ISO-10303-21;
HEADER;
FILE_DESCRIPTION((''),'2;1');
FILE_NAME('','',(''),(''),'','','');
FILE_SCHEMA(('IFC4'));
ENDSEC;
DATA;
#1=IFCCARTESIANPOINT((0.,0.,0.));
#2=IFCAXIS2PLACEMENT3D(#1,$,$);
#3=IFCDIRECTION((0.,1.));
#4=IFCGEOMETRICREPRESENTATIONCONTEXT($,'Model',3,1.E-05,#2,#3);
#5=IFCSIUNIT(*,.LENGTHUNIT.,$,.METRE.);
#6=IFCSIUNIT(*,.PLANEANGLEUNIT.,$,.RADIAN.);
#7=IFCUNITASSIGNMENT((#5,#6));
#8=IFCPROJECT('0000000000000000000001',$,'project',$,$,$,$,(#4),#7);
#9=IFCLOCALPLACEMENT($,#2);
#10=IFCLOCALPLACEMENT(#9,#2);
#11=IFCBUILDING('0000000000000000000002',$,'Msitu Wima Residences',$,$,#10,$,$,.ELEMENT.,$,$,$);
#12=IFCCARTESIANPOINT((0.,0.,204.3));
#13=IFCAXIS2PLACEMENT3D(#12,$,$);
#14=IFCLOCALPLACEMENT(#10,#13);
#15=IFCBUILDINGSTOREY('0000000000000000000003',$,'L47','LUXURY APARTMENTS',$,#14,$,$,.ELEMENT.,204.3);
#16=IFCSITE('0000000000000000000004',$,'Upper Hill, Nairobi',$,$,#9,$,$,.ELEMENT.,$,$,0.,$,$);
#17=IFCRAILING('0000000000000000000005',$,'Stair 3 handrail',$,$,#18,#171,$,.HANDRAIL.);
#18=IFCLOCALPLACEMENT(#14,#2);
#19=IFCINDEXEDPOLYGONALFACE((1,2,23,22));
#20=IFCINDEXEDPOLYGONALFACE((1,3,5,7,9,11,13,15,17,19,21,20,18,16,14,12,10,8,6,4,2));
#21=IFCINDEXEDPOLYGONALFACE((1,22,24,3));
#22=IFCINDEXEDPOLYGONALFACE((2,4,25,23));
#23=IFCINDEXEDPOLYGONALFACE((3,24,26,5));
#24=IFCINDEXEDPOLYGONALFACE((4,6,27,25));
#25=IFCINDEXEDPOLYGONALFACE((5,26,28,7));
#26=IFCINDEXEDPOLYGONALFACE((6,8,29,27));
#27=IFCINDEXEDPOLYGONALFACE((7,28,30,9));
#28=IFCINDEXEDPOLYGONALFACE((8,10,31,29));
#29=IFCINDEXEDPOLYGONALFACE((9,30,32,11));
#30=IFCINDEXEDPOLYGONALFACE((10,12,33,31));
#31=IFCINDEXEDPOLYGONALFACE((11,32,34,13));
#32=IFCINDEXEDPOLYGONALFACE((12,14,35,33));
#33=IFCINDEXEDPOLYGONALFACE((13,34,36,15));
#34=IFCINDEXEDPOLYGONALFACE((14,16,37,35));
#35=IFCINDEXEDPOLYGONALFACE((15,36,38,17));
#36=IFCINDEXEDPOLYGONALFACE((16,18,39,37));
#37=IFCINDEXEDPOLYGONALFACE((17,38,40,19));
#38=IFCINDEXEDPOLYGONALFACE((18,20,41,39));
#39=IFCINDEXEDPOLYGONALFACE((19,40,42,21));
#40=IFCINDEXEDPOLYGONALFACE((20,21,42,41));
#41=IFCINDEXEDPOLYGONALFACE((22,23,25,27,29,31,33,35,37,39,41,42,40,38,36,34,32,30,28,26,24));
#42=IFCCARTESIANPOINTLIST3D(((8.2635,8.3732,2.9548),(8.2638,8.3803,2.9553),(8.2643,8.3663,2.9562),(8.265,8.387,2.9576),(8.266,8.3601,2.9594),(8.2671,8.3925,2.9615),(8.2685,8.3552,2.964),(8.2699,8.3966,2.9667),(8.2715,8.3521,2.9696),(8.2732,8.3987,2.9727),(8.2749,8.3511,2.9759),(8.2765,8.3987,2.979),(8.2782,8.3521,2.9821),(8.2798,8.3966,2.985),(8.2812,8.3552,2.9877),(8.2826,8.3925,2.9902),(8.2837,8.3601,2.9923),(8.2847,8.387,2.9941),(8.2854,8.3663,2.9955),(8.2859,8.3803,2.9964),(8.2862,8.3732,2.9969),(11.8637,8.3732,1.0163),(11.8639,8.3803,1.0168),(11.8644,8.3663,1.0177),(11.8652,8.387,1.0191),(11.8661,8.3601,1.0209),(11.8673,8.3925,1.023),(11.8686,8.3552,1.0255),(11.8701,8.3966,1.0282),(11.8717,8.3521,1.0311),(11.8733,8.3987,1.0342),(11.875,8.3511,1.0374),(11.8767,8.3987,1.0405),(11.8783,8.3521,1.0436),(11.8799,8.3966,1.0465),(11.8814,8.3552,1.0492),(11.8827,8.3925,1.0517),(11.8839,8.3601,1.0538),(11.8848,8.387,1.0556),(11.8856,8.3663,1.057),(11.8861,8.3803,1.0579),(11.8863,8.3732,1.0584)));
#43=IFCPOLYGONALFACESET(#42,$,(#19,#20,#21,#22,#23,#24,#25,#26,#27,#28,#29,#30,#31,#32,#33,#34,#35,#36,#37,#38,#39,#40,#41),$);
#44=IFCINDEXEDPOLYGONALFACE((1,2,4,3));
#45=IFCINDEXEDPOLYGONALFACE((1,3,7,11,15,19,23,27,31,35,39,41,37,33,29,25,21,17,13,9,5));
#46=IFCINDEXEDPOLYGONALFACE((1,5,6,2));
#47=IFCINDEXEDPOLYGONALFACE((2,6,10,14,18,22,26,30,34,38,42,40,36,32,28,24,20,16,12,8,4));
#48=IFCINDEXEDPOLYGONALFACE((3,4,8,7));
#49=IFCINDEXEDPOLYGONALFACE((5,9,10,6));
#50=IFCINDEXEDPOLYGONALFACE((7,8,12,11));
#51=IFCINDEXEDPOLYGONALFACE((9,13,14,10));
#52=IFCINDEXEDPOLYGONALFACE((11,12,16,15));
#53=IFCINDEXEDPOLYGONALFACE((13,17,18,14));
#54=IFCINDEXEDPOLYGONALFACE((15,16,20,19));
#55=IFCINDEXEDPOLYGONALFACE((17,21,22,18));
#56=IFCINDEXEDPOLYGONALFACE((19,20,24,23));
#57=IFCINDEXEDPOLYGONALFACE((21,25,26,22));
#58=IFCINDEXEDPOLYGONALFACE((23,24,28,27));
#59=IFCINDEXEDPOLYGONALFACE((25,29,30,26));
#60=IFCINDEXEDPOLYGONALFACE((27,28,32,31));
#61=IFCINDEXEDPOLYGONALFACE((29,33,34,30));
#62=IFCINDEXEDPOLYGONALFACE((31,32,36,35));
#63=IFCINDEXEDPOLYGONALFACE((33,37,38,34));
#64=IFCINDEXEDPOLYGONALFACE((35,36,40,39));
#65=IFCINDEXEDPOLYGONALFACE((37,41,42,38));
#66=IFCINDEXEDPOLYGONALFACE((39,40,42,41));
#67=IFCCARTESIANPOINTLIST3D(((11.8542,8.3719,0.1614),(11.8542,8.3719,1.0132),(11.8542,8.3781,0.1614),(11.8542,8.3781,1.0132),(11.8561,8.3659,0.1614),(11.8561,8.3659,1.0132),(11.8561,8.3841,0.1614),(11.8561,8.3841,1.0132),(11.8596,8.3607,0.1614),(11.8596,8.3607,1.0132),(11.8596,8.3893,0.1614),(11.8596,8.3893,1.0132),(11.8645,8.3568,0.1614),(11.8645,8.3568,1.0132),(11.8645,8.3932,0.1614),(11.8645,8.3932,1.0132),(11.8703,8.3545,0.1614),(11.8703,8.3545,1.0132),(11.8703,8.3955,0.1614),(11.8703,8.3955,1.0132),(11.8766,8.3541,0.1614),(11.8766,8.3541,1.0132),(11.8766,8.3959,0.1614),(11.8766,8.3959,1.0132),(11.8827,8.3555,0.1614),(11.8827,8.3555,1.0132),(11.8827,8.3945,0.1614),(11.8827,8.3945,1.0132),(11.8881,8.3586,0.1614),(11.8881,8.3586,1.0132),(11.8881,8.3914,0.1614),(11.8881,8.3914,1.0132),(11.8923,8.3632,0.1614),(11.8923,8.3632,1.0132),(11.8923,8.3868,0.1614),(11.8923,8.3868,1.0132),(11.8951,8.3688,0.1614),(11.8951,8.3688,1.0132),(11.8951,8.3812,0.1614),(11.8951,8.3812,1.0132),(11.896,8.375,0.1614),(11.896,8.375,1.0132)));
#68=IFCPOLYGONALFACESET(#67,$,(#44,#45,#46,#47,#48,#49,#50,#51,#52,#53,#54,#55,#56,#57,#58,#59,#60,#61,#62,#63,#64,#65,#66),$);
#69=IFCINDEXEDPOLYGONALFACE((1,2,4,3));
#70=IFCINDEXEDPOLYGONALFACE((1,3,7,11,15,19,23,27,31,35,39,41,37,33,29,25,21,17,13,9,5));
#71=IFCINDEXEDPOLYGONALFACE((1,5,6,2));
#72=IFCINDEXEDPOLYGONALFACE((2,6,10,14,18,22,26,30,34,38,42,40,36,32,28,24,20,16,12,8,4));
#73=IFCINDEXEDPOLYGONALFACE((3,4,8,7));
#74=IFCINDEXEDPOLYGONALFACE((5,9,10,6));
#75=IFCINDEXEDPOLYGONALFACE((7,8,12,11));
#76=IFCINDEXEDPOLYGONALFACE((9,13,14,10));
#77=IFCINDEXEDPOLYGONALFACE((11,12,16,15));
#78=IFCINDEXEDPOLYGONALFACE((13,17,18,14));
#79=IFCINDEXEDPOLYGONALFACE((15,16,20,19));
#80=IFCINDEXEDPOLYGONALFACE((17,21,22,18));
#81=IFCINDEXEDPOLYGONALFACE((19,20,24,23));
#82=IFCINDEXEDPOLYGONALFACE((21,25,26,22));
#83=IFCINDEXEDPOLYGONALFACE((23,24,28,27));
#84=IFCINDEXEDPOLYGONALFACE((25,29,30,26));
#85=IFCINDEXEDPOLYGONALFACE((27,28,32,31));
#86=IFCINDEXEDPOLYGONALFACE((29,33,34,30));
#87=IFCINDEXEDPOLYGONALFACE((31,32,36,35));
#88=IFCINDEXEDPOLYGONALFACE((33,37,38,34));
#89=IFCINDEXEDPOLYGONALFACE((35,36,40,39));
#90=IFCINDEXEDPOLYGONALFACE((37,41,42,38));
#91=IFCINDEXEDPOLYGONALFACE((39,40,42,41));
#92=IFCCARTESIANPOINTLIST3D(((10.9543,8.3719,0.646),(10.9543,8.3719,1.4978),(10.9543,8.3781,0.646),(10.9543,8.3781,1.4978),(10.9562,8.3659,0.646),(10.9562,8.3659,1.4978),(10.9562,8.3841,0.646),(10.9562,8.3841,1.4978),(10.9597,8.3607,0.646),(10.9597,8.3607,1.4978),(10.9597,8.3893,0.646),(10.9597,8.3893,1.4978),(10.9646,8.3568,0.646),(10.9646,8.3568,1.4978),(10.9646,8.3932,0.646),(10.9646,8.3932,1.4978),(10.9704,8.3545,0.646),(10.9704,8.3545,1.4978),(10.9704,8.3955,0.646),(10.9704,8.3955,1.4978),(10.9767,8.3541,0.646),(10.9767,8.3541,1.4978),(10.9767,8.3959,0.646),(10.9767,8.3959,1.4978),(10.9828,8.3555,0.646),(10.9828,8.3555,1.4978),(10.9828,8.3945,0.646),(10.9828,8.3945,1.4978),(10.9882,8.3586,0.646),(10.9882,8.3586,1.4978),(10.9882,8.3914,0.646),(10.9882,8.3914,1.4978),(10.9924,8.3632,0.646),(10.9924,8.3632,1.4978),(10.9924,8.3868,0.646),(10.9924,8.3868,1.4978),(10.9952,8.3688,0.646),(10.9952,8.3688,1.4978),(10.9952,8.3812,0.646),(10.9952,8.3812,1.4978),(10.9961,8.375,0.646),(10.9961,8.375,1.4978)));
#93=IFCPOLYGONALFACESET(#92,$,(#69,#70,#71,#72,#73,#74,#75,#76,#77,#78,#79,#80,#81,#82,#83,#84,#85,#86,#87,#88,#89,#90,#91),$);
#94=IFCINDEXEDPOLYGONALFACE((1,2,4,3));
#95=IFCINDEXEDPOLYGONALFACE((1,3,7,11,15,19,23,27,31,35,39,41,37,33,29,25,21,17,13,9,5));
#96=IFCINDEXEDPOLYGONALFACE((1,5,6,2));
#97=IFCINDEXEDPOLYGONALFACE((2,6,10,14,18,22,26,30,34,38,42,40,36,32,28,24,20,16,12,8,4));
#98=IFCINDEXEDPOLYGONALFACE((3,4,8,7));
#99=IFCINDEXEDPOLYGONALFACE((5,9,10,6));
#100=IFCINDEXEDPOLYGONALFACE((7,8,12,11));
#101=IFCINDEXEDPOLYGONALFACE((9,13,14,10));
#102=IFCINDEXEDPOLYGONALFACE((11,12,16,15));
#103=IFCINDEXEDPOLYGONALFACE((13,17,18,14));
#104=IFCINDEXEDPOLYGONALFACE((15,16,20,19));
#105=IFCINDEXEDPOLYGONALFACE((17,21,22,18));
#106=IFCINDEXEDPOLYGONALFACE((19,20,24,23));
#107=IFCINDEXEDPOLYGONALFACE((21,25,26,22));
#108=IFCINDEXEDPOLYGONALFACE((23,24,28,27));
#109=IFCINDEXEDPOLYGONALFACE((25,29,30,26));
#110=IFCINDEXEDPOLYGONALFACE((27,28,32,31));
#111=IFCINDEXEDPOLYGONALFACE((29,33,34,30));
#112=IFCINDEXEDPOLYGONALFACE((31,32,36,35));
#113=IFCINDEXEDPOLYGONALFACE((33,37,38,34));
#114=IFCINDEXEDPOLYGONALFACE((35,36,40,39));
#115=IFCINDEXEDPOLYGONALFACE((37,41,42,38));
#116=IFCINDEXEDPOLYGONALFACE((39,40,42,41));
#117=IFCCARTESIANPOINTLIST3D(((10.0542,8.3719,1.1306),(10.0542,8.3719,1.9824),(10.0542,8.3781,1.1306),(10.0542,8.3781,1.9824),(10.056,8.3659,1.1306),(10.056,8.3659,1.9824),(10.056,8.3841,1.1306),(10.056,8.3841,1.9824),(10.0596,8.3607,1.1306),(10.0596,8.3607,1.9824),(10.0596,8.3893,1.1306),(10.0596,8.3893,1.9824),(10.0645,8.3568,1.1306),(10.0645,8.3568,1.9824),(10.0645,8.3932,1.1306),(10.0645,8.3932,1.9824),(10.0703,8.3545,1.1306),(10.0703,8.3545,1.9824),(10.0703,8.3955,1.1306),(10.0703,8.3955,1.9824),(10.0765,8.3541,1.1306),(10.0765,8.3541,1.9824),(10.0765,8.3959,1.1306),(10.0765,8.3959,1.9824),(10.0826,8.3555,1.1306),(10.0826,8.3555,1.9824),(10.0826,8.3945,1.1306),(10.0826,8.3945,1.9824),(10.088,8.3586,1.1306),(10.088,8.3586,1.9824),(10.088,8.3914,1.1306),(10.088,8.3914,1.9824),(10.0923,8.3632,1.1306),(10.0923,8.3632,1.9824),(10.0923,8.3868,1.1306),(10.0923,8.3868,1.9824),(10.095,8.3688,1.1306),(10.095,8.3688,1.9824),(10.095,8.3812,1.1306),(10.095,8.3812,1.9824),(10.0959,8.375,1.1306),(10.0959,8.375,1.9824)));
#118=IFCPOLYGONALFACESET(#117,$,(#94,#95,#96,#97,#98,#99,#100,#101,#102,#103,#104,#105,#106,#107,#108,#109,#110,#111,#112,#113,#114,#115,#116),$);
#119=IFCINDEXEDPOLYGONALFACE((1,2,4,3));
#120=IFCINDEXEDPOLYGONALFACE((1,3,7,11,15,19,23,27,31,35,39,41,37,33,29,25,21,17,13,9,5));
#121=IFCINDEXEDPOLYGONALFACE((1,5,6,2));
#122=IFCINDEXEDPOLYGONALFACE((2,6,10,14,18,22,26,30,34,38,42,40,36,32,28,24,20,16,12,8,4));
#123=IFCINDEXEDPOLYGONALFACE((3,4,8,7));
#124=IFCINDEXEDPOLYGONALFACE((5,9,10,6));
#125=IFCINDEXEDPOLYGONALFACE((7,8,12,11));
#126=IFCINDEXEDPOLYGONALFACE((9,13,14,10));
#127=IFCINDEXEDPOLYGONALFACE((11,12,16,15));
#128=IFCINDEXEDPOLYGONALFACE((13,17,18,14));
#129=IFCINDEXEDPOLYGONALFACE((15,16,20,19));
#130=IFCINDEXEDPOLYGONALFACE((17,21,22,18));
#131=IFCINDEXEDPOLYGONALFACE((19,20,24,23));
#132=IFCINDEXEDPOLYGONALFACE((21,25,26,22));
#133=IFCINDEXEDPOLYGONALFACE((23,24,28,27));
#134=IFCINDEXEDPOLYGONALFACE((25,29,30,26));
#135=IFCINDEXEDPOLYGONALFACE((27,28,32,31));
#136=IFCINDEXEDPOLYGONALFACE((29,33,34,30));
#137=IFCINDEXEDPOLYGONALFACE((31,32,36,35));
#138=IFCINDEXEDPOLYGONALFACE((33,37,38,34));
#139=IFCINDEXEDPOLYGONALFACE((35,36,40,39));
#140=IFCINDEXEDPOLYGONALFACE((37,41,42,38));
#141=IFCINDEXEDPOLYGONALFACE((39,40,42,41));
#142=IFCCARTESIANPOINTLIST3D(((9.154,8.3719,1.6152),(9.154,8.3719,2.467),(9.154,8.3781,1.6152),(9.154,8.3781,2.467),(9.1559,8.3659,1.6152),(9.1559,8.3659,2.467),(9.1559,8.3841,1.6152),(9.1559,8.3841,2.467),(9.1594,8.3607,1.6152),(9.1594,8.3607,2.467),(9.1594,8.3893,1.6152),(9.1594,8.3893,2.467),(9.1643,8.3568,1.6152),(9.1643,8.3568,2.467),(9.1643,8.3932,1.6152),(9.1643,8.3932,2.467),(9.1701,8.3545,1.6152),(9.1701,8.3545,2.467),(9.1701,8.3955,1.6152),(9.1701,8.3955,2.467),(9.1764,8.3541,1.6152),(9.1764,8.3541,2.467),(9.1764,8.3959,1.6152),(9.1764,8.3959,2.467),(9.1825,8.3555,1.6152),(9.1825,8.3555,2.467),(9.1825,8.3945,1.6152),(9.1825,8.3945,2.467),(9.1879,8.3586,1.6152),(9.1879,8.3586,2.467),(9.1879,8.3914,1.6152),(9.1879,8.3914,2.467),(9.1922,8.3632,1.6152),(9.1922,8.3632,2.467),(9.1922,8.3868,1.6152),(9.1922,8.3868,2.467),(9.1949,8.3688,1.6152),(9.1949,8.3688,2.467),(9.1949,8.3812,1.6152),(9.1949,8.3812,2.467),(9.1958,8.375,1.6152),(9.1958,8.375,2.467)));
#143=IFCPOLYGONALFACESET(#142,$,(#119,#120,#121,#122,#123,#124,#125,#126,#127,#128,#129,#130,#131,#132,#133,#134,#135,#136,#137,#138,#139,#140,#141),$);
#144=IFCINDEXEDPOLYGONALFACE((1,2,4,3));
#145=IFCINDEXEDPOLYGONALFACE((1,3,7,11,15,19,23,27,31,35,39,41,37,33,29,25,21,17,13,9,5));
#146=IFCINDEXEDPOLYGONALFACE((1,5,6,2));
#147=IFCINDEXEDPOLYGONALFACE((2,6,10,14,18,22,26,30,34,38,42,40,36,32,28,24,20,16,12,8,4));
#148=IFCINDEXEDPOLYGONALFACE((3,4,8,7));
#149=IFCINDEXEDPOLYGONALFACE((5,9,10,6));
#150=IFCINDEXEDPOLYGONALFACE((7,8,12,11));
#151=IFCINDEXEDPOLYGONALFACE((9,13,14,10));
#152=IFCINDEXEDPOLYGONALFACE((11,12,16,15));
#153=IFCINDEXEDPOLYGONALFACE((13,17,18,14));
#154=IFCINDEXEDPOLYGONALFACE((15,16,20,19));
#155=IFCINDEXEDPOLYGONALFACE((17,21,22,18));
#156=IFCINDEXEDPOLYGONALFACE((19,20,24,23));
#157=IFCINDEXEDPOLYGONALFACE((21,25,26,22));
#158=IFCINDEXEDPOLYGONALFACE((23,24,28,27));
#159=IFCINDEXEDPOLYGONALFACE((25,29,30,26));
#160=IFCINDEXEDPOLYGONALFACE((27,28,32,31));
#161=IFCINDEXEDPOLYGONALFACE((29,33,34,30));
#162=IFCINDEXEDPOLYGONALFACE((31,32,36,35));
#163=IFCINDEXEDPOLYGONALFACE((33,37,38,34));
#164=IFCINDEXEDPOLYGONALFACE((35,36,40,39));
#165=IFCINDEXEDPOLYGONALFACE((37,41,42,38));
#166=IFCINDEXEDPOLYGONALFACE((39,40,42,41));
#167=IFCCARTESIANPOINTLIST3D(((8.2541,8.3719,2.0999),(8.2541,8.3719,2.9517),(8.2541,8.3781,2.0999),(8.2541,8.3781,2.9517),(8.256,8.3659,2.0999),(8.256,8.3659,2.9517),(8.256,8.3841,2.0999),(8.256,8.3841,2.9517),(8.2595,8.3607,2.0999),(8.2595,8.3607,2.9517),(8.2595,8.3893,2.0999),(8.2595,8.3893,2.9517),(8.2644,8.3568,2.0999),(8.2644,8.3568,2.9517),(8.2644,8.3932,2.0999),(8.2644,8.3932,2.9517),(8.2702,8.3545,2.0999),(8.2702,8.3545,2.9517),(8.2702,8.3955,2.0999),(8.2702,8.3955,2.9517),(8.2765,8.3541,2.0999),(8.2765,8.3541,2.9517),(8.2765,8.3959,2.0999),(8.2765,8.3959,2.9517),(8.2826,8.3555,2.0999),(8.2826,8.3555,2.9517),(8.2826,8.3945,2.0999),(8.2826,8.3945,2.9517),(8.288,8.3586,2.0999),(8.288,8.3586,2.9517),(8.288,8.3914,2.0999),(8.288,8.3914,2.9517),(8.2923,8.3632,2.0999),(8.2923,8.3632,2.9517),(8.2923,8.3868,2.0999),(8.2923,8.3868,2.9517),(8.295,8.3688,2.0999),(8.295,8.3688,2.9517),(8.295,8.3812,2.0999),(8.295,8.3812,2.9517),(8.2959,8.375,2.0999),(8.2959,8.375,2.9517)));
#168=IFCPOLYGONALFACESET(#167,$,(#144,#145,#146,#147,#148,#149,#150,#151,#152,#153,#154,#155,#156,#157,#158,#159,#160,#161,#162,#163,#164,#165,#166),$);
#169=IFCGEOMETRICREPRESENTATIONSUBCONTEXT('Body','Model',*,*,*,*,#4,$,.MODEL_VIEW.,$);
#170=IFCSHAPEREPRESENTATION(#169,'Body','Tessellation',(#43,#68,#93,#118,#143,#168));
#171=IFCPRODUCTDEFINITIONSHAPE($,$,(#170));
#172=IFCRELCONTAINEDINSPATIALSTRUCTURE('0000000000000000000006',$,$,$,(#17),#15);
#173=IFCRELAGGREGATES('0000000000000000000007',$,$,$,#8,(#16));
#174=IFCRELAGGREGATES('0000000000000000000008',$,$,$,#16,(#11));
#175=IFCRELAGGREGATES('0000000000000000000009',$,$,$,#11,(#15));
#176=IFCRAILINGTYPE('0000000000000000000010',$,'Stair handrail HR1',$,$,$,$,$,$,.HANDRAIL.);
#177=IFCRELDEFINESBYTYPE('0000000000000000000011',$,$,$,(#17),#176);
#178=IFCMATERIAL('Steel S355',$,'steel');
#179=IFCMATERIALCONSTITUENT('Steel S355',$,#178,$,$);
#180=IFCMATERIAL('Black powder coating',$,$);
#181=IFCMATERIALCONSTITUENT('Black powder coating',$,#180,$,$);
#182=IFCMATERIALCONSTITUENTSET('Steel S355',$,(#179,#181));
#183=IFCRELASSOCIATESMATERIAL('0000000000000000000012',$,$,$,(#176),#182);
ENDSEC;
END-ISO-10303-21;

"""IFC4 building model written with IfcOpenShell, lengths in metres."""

from ifc_helpers import new_model, si_unit, direction, frame, origin, origin_2d, place, context, subcontext, project, spatial, circle, extrude, material, constituent, constituent_set, type_object, element, save


model = new_model("IFC4")

# Units and contexts
model_context = context("Model", 3, precision=1e-05, world=origin(), true_north=direction((0.0, 1.0)))
body_context = subcontext(model_context, "Body", "Model", "MODEL_VIEW")
ifc_project = project(units=[si_unit("LENGTHUNIT", "METRE"), si_unit("PLANEANGLEUNIT", "RADIAN")], contexts=[model_context])

# Site, building, storey
site_placement = place(None, origin())
site = spatial("IfcSite", under=ifc_project, at=site_placement, Name="Upper Hill, Nairobi", CompositionType="ELEMENT", RefElevation=0.0)
building_placement = place(site_placement, origin())
building = spatial("IfcBuilding", under=site, at=building_placement, Name="Msitu Wima Residences", CompositionType="ELEMENT")
storey_placement = place(building_placement, frame((0.0, 0.0, 204.3)))
storey = spatial("IfcBuildingStorey", under=building, at=storey_placement, Name="L47", Description="LUXURY APARTMENTS", CompositionType="ELEMENT", Elevation=204.3)

# Railing
ifc_material_1 = material(Name="Steel S355", Category="steel")
ifc_constituent_1 = constituent(ifc_material_1, Name="Steel S355")
ifc_material_2 = material(Name="Black powder coating")
ifc_constituent_2 = constituent(ifc_material_2, Name="Black powder coating")
ifc_constituent_set = constituent_set(constituents=[ifc_constituent_1, ifc_constituent_2], Name="Steel S355")
railing_type = type_object("IfcRailingType", Name="Stair handrail HR1", PredefinedType="HANDRAIL", material=ifc_constituent_set)
for number, where, name in (
    (1, (11.875, 8.375, 0.1614), "Stair 3 handrail"),
):
    element("IfcRailing", number, at=place(storey_placement, frame(where)), inside=storey, type_object=railing_type, Name=name, PredefinedType="HANDRAIL", context=body_context, shape_type="SweptSolid", body=[
        extrude(circle(Radius=0.0239, at=origin_2d()), frame((0.0, 0.0, 0.876), z_axis=(-0.880475, 0.0, 0.474093), x_axis=(0.0, -1.0, 0.0)), (0.0, 0.0, 1.0), 4.0889),
        extrude(circle(Radius=0.021, at=origin_2d()), origin(), (0.0, 0.0, 1.0), 0.8518),
        extrude(circle(Radius=0.021, at=origin_2d()), frame((-0.8999, 0.0, 0.4846)), (0.0, 0.0, 1.0), 0.8518),
        extrude(circle(Radius=0.021, at=origin_2d()), frame((-1.8, 0.0, 0.9692)), (0.0, 0.0, 1.0), 0.8518),
        extrude(circle(Radius=0.021, at=origin_2d()), frame((-2.7002, 0.0, 1.4539)), (0.0, 0.0, 1.0), 0.8518),
        extrude(circle(Radius=0.021, at=origin_2d()), frame((-3.6001, 0.0, 1.9385)), (0.0, 0.0, 1.0), 0.8518),
    ])

save(model, "model.ifc")
